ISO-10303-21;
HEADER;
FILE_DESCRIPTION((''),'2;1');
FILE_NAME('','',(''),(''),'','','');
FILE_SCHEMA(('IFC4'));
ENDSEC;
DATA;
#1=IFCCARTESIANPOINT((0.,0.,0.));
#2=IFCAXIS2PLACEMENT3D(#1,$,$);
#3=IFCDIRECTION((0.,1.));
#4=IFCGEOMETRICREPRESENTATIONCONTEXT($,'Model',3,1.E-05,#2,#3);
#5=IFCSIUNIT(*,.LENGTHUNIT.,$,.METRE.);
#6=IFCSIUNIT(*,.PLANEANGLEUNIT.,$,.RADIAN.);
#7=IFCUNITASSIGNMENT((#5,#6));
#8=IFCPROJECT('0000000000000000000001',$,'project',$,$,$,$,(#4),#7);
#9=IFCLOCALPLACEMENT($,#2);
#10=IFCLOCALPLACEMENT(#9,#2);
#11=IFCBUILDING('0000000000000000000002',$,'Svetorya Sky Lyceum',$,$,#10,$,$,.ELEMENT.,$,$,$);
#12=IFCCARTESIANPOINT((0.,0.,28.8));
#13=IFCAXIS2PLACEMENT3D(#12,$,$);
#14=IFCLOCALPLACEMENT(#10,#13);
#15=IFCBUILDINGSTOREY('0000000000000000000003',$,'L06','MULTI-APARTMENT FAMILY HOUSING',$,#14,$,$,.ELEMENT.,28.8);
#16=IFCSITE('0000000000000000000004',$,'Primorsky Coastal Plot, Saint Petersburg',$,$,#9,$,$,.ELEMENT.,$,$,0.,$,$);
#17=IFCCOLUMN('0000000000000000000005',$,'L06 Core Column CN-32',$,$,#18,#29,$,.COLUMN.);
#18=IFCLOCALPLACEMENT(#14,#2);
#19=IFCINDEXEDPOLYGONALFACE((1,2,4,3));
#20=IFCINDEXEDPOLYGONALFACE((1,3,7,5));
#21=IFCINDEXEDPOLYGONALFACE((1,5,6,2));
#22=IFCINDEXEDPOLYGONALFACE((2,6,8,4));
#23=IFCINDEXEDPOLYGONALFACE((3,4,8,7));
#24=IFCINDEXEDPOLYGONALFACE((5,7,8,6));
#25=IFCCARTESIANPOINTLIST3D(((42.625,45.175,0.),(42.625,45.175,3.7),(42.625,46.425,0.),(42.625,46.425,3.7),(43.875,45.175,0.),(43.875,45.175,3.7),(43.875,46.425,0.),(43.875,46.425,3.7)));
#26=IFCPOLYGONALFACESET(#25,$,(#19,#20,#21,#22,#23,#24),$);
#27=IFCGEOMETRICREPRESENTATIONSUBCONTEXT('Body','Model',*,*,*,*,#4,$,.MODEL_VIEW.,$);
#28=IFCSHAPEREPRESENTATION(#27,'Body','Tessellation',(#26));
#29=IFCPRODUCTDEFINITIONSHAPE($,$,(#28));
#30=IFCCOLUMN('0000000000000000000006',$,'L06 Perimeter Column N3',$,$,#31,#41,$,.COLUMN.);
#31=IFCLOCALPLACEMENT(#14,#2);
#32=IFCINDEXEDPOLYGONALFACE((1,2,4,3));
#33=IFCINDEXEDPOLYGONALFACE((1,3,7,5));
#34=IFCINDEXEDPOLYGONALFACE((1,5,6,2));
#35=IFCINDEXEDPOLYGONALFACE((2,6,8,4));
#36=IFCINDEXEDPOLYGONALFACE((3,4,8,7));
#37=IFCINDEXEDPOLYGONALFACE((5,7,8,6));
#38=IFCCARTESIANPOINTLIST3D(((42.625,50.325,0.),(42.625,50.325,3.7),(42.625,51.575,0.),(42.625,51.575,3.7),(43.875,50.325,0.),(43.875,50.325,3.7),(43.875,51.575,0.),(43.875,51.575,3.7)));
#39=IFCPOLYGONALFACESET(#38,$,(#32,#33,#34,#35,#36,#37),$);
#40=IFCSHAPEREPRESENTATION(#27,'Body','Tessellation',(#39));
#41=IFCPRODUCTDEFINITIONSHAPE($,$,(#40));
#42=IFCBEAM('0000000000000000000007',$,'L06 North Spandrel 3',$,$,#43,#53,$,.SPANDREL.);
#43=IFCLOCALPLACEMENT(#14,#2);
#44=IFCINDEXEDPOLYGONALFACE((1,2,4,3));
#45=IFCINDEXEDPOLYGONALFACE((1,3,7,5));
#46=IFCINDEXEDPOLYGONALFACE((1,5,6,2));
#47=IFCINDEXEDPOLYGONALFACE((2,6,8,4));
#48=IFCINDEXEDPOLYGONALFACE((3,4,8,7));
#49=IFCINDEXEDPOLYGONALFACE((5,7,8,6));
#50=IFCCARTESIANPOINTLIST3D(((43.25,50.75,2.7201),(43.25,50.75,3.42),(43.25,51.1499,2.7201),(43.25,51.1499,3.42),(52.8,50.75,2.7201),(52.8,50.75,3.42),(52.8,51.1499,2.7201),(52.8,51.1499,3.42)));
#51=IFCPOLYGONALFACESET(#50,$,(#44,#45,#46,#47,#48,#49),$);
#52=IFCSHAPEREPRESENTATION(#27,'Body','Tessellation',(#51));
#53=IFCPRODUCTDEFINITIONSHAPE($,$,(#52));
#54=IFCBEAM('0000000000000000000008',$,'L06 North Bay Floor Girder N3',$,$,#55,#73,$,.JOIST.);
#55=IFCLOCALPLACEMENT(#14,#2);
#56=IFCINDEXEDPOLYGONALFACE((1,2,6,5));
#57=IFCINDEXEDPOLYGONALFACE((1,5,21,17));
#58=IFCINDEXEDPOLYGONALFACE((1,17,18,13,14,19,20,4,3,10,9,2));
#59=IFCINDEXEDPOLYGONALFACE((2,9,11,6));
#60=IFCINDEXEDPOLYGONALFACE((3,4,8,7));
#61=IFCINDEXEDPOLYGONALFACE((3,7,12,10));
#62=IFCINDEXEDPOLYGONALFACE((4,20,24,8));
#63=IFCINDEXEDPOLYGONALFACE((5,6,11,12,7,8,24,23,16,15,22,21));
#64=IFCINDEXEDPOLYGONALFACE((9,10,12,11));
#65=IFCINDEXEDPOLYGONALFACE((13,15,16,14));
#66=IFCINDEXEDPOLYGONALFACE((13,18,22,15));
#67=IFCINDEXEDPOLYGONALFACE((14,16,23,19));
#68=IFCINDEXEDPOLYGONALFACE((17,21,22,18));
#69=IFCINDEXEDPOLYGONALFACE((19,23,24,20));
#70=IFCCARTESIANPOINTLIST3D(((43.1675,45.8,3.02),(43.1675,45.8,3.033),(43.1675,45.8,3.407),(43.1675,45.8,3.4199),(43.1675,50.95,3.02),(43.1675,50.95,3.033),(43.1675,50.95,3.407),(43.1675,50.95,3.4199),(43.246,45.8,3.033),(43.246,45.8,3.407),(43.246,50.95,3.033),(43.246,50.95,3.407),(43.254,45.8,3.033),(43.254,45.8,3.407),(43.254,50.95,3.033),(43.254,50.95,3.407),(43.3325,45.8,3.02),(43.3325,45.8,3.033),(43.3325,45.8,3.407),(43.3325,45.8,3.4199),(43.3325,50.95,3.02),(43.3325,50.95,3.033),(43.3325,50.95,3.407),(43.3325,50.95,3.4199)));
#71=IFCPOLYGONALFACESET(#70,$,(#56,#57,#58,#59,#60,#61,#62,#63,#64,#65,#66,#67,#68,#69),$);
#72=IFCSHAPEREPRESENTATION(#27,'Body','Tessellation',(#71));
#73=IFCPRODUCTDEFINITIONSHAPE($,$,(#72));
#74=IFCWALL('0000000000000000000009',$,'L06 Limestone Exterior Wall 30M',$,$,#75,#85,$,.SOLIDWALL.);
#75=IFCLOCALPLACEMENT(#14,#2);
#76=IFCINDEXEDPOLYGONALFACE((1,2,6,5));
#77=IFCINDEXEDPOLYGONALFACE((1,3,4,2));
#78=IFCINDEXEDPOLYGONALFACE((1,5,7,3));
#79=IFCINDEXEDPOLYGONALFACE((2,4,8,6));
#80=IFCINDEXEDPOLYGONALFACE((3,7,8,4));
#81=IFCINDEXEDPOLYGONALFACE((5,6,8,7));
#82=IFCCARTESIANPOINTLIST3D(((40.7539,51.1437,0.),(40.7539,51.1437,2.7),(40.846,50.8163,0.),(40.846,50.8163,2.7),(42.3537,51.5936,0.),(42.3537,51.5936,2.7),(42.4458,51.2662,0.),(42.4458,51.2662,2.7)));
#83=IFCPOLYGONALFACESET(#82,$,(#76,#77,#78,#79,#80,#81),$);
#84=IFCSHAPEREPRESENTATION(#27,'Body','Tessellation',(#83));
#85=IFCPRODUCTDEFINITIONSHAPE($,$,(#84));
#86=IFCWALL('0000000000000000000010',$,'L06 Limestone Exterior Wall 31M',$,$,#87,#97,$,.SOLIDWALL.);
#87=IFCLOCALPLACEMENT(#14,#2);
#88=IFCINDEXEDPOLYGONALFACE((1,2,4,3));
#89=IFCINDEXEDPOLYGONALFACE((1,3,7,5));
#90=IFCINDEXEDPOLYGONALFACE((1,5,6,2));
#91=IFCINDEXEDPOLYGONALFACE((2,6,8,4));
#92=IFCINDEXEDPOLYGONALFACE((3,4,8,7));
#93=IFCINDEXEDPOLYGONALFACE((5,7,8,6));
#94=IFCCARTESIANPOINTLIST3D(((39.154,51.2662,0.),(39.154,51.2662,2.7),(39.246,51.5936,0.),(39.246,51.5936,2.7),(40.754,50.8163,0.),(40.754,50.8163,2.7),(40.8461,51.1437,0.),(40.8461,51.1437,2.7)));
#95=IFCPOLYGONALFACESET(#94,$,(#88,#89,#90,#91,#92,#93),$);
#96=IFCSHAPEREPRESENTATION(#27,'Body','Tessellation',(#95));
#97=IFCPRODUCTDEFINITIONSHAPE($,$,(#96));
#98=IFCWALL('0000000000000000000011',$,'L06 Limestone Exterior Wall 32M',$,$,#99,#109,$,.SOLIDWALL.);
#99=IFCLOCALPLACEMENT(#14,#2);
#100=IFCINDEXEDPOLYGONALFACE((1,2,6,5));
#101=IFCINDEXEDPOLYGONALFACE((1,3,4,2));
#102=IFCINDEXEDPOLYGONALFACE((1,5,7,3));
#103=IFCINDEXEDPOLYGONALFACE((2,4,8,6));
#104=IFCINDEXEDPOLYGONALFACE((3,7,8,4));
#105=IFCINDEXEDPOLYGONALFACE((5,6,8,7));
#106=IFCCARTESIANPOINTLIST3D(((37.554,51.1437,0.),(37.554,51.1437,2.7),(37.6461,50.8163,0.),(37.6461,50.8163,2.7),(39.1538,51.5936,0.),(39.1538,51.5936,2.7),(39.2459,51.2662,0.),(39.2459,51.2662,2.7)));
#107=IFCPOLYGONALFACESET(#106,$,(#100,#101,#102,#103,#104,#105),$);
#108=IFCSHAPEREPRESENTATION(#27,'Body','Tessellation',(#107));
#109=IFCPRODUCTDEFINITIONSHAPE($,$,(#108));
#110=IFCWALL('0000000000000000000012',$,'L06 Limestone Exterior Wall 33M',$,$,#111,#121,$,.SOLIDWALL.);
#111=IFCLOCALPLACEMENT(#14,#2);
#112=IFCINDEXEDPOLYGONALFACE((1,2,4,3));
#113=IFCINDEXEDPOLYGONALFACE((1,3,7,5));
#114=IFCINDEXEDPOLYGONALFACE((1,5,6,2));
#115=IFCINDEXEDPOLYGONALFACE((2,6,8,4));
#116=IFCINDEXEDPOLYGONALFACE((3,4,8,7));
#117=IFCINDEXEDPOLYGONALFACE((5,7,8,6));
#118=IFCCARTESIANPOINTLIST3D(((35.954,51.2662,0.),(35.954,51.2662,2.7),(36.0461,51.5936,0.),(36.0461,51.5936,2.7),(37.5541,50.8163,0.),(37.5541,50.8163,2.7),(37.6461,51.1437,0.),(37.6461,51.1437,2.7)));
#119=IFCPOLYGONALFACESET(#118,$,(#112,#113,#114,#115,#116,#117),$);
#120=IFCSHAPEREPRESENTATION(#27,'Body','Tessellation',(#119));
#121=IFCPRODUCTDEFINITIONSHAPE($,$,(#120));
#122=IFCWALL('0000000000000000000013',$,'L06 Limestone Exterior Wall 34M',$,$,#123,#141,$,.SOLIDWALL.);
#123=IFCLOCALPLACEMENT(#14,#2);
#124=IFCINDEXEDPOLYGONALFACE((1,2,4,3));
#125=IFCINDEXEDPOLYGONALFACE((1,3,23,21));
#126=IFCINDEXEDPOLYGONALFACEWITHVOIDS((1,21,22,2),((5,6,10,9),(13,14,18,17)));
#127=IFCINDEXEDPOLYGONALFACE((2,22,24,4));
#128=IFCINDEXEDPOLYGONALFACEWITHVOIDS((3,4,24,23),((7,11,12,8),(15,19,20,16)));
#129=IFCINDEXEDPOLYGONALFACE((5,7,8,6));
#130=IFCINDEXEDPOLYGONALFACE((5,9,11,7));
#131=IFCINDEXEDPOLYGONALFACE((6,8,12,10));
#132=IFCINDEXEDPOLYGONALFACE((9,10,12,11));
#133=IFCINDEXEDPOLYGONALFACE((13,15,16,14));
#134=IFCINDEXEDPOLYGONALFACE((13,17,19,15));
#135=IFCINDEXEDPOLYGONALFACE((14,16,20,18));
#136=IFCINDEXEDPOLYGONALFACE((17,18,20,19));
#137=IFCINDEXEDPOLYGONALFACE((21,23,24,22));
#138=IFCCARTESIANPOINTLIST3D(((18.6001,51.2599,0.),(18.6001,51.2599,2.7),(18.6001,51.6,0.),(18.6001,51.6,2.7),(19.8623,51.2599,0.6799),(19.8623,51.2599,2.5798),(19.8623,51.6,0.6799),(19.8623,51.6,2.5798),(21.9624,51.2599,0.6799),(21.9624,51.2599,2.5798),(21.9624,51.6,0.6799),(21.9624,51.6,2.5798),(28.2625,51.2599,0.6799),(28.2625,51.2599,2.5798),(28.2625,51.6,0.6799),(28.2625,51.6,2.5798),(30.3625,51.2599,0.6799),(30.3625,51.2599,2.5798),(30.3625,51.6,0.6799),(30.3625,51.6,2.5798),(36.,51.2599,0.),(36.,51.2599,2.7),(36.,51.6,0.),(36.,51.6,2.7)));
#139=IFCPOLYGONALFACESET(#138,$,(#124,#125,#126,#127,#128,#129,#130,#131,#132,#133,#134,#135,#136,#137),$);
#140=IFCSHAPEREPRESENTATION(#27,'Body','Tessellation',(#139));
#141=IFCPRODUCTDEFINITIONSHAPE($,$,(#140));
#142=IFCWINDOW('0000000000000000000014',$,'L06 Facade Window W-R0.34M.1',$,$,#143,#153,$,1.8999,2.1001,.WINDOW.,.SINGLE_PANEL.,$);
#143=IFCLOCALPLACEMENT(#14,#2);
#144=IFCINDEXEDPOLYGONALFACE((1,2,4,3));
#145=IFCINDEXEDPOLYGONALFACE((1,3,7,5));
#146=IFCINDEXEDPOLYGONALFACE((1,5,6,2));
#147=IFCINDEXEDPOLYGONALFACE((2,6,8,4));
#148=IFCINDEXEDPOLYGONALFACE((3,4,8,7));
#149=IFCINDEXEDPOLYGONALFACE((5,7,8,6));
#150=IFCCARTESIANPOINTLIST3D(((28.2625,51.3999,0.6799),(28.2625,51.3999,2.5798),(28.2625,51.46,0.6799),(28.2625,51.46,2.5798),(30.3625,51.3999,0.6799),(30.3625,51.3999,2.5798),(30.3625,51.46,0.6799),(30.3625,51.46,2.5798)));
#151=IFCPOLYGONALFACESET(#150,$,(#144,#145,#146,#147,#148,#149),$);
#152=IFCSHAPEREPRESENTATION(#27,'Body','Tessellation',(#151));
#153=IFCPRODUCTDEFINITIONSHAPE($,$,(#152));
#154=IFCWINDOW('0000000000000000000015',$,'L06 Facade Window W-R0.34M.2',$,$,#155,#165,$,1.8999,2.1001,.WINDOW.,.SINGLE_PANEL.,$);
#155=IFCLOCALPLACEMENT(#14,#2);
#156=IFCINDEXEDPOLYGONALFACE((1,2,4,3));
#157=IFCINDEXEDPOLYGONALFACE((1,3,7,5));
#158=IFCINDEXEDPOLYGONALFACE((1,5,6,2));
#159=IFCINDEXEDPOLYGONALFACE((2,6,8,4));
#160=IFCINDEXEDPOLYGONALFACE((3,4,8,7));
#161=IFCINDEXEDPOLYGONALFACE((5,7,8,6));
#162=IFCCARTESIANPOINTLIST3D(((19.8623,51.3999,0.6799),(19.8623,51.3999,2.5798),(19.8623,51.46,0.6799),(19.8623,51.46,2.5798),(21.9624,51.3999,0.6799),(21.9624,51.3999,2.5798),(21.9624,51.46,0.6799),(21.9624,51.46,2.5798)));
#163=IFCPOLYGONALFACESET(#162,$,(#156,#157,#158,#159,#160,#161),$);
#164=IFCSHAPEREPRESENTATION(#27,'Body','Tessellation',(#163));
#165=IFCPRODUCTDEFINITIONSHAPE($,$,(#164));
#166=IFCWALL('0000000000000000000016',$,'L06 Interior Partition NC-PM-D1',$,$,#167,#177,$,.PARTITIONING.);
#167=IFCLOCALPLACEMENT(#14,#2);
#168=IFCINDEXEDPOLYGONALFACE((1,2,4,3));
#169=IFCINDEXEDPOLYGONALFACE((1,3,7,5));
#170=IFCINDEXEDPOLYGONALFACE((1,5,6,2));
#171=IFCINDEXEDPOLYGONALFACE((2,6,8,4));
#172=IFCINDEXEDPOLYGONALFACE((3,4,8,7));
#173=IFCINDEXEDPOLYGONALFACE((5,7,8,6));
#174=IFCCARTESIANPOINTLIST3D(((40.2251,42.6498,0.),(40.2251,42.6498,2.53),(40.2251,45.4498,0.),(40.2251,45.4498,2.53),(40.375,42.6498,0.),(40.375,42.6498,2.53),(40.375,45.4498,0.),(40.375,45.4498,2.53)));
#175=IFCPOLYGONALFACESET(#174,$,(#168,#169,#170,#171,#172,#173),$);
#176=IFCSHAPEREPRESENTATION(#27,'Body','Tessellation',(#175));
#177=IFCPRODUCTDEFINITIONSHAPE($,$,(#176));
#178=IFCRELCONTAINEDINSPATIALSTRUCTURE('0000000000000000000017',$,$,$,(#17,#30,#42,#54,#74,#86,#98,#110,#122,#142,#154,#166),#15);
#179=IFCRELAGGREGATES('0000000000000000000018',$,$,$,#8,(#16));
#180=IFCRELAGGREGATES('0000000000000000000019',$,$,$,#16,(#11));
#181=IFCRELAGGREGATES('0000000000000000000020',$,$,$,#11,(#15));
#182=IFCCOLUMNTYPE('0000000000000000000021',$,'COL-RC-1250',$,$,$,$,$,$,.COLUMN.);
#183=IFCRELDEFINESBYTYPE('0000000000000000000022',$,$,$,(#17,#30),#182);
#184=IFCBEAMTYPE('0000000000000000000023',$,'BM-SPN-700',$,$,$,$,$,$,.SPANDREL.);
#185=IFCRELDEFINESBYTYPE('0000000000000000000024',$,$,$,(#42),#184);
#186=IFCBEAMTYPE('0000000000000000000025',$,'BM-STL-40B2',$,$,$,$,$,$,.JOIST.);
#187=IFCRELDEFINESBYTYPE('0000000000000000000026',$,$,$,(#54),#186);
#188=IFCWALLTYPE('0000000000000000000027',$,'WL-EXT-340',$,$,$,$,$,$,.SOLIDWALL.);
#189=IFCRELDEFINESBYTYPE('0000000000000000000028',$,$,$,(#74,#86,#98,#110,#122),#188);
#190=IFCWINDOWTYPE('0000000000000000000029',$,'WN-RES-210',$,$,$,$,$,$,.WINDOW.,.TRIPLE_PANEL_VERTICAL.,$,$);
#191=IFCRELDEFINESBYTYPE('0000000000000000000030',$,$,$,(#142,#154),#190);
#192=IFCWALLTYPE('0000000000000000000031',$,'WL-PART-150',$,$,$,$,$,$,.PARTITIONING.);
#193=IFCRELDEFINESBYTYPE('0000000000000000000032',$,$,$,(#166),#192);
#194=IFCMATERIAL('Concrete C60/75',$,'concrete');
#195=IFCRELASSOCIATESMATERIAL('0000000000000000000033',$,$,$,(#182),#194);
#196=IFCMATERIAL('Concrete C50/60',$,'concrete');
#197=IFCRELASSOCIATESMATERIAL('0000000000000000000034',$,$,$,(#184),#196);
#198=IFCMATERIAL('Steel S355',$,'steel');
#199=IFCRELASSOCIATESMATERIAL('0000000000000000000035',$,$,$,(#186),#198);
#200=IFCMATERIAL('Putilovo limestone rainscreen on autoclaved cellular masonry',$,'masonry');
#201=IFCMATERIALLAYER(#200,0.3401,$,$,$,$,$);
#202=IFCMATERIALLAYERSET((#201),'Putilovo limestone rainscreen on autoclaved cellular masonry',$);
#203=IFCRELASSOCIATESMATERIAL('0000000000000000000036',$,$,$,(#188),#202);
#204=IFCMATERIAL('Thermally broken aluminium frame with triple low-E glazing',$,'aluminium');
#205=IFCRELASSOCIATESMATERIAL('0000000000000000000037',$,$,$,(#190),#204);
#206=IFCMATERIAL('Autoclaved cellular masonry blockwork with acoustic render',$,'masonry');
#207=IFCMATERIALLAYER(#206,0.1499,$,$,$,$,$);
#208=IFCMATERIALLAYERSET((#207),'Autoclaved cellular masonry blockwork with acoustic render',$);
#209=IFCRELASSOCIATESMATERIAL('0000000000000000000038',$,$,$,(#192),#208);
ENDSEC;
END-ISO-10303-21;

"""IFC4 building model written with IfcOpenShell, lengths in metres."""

from ifc_helpers import new_model, si_unit, direction, frame, frame_2d, origin, origin_2d, place, context, subcontext, project, spatial, rectangle, i_section, extrude, material, layer, layer_set, material_profile, profile_set, type_object, element, fill, save


model = new_model("IFC4")

# Units and contexts
model_context = context("Model", 3, precision=1e-05, world=origin(), true_north=direction((0.0, 1.0)))
body_context = subcontext(model_context, "Body", "Model", "MODEL_VIEW")
ifc_project = project(units=[si_unit("LENGTHUNIT", "METRE"), si_unit("PLANEANGLEUNIT", "RADIAN")], contexts=[model_context])

# Site, building, storey
site_placement = place(None, origin())
site = spatial("IfcSite", under=ifc_project, at=site_placement, Name="Primorsky Coastal Plot, Saint Petersburg", CompositionType="ELEMENT", RefElevation=0.0)
building_placement = place(site_placement, origin())
building = spatial("IfcBuilding", under=site, at=building_placement, Name="Svetorya Sky Lyceum", CompositionType="ELEMENT")
storey_placement = place(building_placement, frame((0.0, 0.0, 28.8)))
storey = spatial("IfcBuildingStorey", under=building, at=storey_placement, Name="L06", Description="MULTI-APARTMENT FAMILY HOUSING", CompositionType="ELEMENT", Elevation=28.8)

# Columns
ifc_material_1 = material(Name="Concrete C60/75", Category="concrete")
ifc_material_profile_1 = material_profile(ifc_material_1, rectangle(XDim=1.25, YDim=1.25, at=origin_2d()), Name="RC COL 1250x1250")
ifc_profile_set_1 = profile_set([ifc_material_profile_1], Name="Concrete C60/75")
column_type = type_object("IfcColumnType", Name="COL-RC-1250", PredefinedType="COLUMN", material=ifc_profile_set_1)
for number, where, z_axis, x_axis, name in (
    (1, (43.25, 45.8, 0.0), (0.0, 0.0, 1.0), (1.0, 0.0, 0.0), "L06 Core Column CN-32"),
    (2, (43.25, 50.95, 0.0), (0.0, 0.0, 1.0), (1.0, 0.0, 0.0), "L06 Perimeter Column N3"),
):
    element("IfcColumn", number, at=place(storey_placement, frame(where, z_axis=z_axis, x_axis=x_axis)), inside=storey, type_object=column_type, Name=name, PredefinedType="COLUMN", context=body_context, shape_type="SweptSolid", body=[
        extrude(rectangle(XDim=1.25, YDim=1.25, at=origin_2d()), origin(), (0.0, 0.0, 1.0), 3.7),
    ])

# Beams
ifc_material_2 = material(Name="Concrete C50/60", Category="concrete")
ifc_material_profile_2 = material_profile(ifc_material_2, rectangle(XDim=0.3999, YDim=0.7, at=origin_2d()), Name="RC SPANDREL 400x700")
ifc_profile_set_2 = profile_set([ifc_material_profile_2], Name="Concrete C50/60")
beam_type_1 = type_object("IfcBeamType", Name="BM-SPN-700", PredefinedType="SPANDREL", material=ifc_profile_set_2)
beam_1_placement = place(storey_placement, frame((43.25, 50.95, 3.0701), z_axis=(1.0, 0.0, 0.0), x_axis=(0.0, 1.0, 0.0)))
element("IfcBeam", 3, at=beam_1_placement, inside=storey, type_object=beam_type_1, Name="L06 North Spandrel 3", PredefinedType="SPANDREL", context=body_context, shape_type="SweptSolid", body=[
    extrude(rectangle(XDim=0.3999, YDim=0.7, at=origin_2d()), origin(), (0.0, 0.0, 1.0), 9.55),
])
ifc_material_3 = material(Name="Steel S355", Category="steel")
ifc_material_profile_3 = material_profile(ifc_material_3, i_section(OverallWidth=0.165, OverallDepth=0.3999, WebThickness=0.0081, FlangeThickness=0.0129, at=origin_2d()), Name="GOST 40B2")
ifc_profile_set_3 = profile_set([ifc_material_profile_3], Name="Steel S355")
beam_type_2 = type_object("IfcBeamType", Name="BM-STL-40B2", PredefinedType="JOIST", material=ifc_profile_set_3)
beam_2_placement = place(storey_placement, frame((43.25, 45.8, 3.22), z_axis=(0.0, 1.0, 0.0), x_axis=(-1.0, 0.0, 0.0)))
element("IfcBeam", 4, at=beam_2_placement, inside=storey, type_object=beam_type_2, Name="L06 North Bay Floor Girder N3", PredefinedType="JOIST", context=body_context, shape_type="SweptSolid", body=[
    extrude(i_section(OverallWidth=0.165, OverallDepth=0.3999, WebThickness=0.0081, FlangeThickness=0.0129, at=origin_2d()), origin(), (0.0, 0.0, 1.0), 5.1499),
])

# Walls
ifc_material_4 = material(Name="Putilovo limestone rainscreen on autoclaved cellular masonry", Category="masonry")
ifc_layer_1 = layer(ifc_material_4, 0.3401)
ifc_layer_set_1 = layer_set([ifc_layer_1], Name="Putilovo limestone rainscreen on autoclaved cellular masonry")
wall_type_1 = type_object("IfcWallType", Name="WL-EXT-340", PredefinedType="SOLIDWALL", material=ifc_layer_set_1)
wall_1_placement = place(storey_placement, frame((42.3999, 51.4299, 0.0), z_axis=(0.0, 0.0, 1.0), x_axis=(-0.962652, -0.270741, 0.0)))
element("IfcWall", 5, at=wall_1_placement, inside=storey, type_object=wall_type_1, Name="L06 Limestone Exterior Wall 30M", PredefinedType="SOLIDWALL", context=body_context, shape_type="SweptSolid", body=[
    extrude(rectangle(XDim=1.6619, YDim=0.3401, at=frame_2d((0.8311, 0.0))), origin(), (0.0, 0.0, 1.0), 2.7),
])
wall_2_placement = place(storey_placement, frame((40.8, 50.98, 0.0), z_axis=(0.0, 0.0, 1.0), x_axis=(-0.962663, 0.270703, 0.0)))
element("IfcWall", 6, at=wall_2_placement, inside=storey, type_object=wall_type_1, Name="L06 Limestone Exterior Wall 31M", PredefinedType="SOLIDWALL", context=body_context, shape_type="SweptSolid", body=[
    extrude(rectangle(XDim=1.6621, YDim=0.3401, at=frame_2d((0.8311, 0.0))), origin(), (0.0, 0.0, 1.0), 2.7),
])
wall_3_placement = place(storey_placement, frame((39.2, 51.4299, 0.0), z_axis=(0.0, 0.0, 1.0), x_axis=(-0.962652, -0.270741, 0.0)))
element("IfcWall", 7, at=wall_3_placement, inside=storey, type_object=wall_type_1, Name="L06 Limestone Exterior Wall 32M", PredefinedType="SOLIDWALL", context=body_context, shape_type="SweptSolid", body=[
    extrude(rectangle(XDim=1.6619, YDim=0.3401, at=frame_2d((0.8311, 0.0))), origin(), (0.0, 0.0, 1.0), 2.7),
])
wall_4_placement = place(storey_placement, frame((37.6001, 50.98, 0.0), z_axis=(0.0, 0.0, 1.0), x_axis=(-0.962663, 0.270703, 0.0)))
element("IfcWall", 8, at=wall_4_placement, inside=storey, type_object=wall_type_1, Name="L06 Limestone Exterior Wall 33M", PredefinedType="SOLIDWALL", context=body_context, shape_type="SweptSolid", body=[
    extrude(rectangle(XDim=1.6621, YDim=0.3401, at=frame_2d((0.8311, 0.0))), origin(), (0.0, 0.0, 1.0), 2.7),
])

# Wall, openings, windows
wall_5_placement = place(storey_placement, frame((36.0, 51.4299, 0.0), z_axis=(0.0, 0.0, 1.0), x_axis=(-1.0, 0.0, 0.0)))
wall_5 = element("IfcWall", 9, at=wall_5_placement, inside=storey, type_object=wall_type_1, Name="L06 Limestone Exterior Wall 34M", PredefinedType="SOLIDWALL", context=body_context, shape_type="SweptSolid", body=[
    extrude(rectangle(XDim=17.3999, YDim=0.3401, at=frame_2d((8.7, 0.0))), origin(), (0.0, 0.0, 1.0), 2.7),
])
opening_1_placement = place(wall_5_placement, frame((5.6375, 0.0, 0.6799)))
opening_1 = element("IfcOpeningElement", 10, at=opening_1_placement, cuts=wall_5, PredefinedType="OPENING", context=body_context, shape_type="SweptSolid", body=[
    extrude(rectangle(XDim=2.1001, YDim=1.8999, at=frame_2d((1.05, 0.95))), frame((0.0, 0.1799, 0.0), z_axis=(0.0, -1.0, 0.0), x_axis=(1.0, 0.0, 0.0)), (0.0, 0.0, 1.0), 0.3601),
])
opening_2_placement = place(wall_5_placement, frame((14.0376, 0.0, 0.6799)))
opening_2 = element("IfcOpeningElement", 11, at=opening_2_placement, cuts=wall_5, PredefinedType="OPENING", context=body_context, shape_type="SweptSolid", body=[
    extrude(rectangle(XDim=2.1001, YDim=1.8999, at=frame_2d((1.05, 0.95))), frame((0.0, 0.1799, 0.0), z_axis=(0.0, -1.0, 0.0), x_axis=(1.0, 0.0, 0.0)), (0.0, 0.0, 1.0), 0.3601),
])
ifc_material_5 = material(Name="Thermally broken aluminium frame with triple low-E glazing", Category="aluminium")
window_type = type_object("IfcWindowType", Name="WN-RES-210", PartitioningType="TRIPLE_PANEL_VERTICAL", PredefinedType="WINDOW", material=ifc_material_5)
window_1_placement = place(opening_1_placement, origin())
window_1 = element("IfcWindow", 12, at=window_1_placement, inside=storey, type_object=window_type, Name="L06 Facade Window W-R0.34M.1", OverallHeight=1.8999, OverallWidth=2.1001, PartitioningType="SINGLE_PANEL", PredefinedType="WINDOW", context=body_context, shape_type="SweptSolid", body=[
    extrude(rectangle(XDim=2.1001, YDim=1.8999, at=frame_2d((1.05, 0.95))), frame((0.0, 0.03, 0.0), z_axis=(0.0, -1.0, 0.0), x_axis=(1.0, 0.0, 0.0)), (0.0, 0.0, 1.0), 0.0601),
])
fill(opening_1, window_1)
window_2_placement = place(opening_2_placement, origin())
window_2 = element("IfcWindow", 13, at=window_2_placement, inside=storey, type_object=window_type, Name="L06 Facade Window W-R0.34M.2", OverallHeight=1.8999, OverallWidth=2.1001, PartitioningType="SINGLE_PANEL", PredefinedType="WINDOW", context=body_context, shape_type="SweptSolid", body=[
    extrude(rectangle(XDim=2.1001, YDim=1.8999, at=frame_2d((1.05, 0.95))), frame((0.0, 0.03, 0.0), z_axis=(0.0, -1.0, 0.0), x_axis=(1.0, 0.0, 0.0)), (0.0, 0.0, 1.0), 0.0601),
])
fill(opening_2, window_2)

# Wall
ifc_material_6 = material(Name="Autoclaved cellular masonry blockwork with acoustic render", Category="masonry")
ifc_layer_2 = layer(ifc_material_6, 0.1499)
ifc_layer_set_2 = layer_set([ifc_layer_2], Name="Autoclaved cellular masonry blockwork with acoustic render")
wall_type_2 = type_object("IfcWallType", Name="WL-PART-150", PredefinedType="PARTITIONING", material=ifc_layer_set_2)
for number, where, z_axis, x_axis, name in (
    (14, (40.3, 42.6499, 0.0), (0.0, 0.0, 1.0), (0.0, 1.0, 0.0), "L06 Interior Partition NC-PM-D1"),
):
    element("IfcWall", number, at=place(storey_placement, frame(where, z_axis=z_axis, x_axis=x_axis)), inside=storey, type_object=wall_type_2, Name=name, PredefinedType="PARTITIONING", context=body_context, shape_type="SweptSolid", body=[
        extrude(rectangle(XDim=2.8, YDim=0.1499, at=frame_2d((1.3999, 0.0))), origin(), (0.0, 0.0, 1.0), 2.53),
    ])

save(model, "model.ifc")
